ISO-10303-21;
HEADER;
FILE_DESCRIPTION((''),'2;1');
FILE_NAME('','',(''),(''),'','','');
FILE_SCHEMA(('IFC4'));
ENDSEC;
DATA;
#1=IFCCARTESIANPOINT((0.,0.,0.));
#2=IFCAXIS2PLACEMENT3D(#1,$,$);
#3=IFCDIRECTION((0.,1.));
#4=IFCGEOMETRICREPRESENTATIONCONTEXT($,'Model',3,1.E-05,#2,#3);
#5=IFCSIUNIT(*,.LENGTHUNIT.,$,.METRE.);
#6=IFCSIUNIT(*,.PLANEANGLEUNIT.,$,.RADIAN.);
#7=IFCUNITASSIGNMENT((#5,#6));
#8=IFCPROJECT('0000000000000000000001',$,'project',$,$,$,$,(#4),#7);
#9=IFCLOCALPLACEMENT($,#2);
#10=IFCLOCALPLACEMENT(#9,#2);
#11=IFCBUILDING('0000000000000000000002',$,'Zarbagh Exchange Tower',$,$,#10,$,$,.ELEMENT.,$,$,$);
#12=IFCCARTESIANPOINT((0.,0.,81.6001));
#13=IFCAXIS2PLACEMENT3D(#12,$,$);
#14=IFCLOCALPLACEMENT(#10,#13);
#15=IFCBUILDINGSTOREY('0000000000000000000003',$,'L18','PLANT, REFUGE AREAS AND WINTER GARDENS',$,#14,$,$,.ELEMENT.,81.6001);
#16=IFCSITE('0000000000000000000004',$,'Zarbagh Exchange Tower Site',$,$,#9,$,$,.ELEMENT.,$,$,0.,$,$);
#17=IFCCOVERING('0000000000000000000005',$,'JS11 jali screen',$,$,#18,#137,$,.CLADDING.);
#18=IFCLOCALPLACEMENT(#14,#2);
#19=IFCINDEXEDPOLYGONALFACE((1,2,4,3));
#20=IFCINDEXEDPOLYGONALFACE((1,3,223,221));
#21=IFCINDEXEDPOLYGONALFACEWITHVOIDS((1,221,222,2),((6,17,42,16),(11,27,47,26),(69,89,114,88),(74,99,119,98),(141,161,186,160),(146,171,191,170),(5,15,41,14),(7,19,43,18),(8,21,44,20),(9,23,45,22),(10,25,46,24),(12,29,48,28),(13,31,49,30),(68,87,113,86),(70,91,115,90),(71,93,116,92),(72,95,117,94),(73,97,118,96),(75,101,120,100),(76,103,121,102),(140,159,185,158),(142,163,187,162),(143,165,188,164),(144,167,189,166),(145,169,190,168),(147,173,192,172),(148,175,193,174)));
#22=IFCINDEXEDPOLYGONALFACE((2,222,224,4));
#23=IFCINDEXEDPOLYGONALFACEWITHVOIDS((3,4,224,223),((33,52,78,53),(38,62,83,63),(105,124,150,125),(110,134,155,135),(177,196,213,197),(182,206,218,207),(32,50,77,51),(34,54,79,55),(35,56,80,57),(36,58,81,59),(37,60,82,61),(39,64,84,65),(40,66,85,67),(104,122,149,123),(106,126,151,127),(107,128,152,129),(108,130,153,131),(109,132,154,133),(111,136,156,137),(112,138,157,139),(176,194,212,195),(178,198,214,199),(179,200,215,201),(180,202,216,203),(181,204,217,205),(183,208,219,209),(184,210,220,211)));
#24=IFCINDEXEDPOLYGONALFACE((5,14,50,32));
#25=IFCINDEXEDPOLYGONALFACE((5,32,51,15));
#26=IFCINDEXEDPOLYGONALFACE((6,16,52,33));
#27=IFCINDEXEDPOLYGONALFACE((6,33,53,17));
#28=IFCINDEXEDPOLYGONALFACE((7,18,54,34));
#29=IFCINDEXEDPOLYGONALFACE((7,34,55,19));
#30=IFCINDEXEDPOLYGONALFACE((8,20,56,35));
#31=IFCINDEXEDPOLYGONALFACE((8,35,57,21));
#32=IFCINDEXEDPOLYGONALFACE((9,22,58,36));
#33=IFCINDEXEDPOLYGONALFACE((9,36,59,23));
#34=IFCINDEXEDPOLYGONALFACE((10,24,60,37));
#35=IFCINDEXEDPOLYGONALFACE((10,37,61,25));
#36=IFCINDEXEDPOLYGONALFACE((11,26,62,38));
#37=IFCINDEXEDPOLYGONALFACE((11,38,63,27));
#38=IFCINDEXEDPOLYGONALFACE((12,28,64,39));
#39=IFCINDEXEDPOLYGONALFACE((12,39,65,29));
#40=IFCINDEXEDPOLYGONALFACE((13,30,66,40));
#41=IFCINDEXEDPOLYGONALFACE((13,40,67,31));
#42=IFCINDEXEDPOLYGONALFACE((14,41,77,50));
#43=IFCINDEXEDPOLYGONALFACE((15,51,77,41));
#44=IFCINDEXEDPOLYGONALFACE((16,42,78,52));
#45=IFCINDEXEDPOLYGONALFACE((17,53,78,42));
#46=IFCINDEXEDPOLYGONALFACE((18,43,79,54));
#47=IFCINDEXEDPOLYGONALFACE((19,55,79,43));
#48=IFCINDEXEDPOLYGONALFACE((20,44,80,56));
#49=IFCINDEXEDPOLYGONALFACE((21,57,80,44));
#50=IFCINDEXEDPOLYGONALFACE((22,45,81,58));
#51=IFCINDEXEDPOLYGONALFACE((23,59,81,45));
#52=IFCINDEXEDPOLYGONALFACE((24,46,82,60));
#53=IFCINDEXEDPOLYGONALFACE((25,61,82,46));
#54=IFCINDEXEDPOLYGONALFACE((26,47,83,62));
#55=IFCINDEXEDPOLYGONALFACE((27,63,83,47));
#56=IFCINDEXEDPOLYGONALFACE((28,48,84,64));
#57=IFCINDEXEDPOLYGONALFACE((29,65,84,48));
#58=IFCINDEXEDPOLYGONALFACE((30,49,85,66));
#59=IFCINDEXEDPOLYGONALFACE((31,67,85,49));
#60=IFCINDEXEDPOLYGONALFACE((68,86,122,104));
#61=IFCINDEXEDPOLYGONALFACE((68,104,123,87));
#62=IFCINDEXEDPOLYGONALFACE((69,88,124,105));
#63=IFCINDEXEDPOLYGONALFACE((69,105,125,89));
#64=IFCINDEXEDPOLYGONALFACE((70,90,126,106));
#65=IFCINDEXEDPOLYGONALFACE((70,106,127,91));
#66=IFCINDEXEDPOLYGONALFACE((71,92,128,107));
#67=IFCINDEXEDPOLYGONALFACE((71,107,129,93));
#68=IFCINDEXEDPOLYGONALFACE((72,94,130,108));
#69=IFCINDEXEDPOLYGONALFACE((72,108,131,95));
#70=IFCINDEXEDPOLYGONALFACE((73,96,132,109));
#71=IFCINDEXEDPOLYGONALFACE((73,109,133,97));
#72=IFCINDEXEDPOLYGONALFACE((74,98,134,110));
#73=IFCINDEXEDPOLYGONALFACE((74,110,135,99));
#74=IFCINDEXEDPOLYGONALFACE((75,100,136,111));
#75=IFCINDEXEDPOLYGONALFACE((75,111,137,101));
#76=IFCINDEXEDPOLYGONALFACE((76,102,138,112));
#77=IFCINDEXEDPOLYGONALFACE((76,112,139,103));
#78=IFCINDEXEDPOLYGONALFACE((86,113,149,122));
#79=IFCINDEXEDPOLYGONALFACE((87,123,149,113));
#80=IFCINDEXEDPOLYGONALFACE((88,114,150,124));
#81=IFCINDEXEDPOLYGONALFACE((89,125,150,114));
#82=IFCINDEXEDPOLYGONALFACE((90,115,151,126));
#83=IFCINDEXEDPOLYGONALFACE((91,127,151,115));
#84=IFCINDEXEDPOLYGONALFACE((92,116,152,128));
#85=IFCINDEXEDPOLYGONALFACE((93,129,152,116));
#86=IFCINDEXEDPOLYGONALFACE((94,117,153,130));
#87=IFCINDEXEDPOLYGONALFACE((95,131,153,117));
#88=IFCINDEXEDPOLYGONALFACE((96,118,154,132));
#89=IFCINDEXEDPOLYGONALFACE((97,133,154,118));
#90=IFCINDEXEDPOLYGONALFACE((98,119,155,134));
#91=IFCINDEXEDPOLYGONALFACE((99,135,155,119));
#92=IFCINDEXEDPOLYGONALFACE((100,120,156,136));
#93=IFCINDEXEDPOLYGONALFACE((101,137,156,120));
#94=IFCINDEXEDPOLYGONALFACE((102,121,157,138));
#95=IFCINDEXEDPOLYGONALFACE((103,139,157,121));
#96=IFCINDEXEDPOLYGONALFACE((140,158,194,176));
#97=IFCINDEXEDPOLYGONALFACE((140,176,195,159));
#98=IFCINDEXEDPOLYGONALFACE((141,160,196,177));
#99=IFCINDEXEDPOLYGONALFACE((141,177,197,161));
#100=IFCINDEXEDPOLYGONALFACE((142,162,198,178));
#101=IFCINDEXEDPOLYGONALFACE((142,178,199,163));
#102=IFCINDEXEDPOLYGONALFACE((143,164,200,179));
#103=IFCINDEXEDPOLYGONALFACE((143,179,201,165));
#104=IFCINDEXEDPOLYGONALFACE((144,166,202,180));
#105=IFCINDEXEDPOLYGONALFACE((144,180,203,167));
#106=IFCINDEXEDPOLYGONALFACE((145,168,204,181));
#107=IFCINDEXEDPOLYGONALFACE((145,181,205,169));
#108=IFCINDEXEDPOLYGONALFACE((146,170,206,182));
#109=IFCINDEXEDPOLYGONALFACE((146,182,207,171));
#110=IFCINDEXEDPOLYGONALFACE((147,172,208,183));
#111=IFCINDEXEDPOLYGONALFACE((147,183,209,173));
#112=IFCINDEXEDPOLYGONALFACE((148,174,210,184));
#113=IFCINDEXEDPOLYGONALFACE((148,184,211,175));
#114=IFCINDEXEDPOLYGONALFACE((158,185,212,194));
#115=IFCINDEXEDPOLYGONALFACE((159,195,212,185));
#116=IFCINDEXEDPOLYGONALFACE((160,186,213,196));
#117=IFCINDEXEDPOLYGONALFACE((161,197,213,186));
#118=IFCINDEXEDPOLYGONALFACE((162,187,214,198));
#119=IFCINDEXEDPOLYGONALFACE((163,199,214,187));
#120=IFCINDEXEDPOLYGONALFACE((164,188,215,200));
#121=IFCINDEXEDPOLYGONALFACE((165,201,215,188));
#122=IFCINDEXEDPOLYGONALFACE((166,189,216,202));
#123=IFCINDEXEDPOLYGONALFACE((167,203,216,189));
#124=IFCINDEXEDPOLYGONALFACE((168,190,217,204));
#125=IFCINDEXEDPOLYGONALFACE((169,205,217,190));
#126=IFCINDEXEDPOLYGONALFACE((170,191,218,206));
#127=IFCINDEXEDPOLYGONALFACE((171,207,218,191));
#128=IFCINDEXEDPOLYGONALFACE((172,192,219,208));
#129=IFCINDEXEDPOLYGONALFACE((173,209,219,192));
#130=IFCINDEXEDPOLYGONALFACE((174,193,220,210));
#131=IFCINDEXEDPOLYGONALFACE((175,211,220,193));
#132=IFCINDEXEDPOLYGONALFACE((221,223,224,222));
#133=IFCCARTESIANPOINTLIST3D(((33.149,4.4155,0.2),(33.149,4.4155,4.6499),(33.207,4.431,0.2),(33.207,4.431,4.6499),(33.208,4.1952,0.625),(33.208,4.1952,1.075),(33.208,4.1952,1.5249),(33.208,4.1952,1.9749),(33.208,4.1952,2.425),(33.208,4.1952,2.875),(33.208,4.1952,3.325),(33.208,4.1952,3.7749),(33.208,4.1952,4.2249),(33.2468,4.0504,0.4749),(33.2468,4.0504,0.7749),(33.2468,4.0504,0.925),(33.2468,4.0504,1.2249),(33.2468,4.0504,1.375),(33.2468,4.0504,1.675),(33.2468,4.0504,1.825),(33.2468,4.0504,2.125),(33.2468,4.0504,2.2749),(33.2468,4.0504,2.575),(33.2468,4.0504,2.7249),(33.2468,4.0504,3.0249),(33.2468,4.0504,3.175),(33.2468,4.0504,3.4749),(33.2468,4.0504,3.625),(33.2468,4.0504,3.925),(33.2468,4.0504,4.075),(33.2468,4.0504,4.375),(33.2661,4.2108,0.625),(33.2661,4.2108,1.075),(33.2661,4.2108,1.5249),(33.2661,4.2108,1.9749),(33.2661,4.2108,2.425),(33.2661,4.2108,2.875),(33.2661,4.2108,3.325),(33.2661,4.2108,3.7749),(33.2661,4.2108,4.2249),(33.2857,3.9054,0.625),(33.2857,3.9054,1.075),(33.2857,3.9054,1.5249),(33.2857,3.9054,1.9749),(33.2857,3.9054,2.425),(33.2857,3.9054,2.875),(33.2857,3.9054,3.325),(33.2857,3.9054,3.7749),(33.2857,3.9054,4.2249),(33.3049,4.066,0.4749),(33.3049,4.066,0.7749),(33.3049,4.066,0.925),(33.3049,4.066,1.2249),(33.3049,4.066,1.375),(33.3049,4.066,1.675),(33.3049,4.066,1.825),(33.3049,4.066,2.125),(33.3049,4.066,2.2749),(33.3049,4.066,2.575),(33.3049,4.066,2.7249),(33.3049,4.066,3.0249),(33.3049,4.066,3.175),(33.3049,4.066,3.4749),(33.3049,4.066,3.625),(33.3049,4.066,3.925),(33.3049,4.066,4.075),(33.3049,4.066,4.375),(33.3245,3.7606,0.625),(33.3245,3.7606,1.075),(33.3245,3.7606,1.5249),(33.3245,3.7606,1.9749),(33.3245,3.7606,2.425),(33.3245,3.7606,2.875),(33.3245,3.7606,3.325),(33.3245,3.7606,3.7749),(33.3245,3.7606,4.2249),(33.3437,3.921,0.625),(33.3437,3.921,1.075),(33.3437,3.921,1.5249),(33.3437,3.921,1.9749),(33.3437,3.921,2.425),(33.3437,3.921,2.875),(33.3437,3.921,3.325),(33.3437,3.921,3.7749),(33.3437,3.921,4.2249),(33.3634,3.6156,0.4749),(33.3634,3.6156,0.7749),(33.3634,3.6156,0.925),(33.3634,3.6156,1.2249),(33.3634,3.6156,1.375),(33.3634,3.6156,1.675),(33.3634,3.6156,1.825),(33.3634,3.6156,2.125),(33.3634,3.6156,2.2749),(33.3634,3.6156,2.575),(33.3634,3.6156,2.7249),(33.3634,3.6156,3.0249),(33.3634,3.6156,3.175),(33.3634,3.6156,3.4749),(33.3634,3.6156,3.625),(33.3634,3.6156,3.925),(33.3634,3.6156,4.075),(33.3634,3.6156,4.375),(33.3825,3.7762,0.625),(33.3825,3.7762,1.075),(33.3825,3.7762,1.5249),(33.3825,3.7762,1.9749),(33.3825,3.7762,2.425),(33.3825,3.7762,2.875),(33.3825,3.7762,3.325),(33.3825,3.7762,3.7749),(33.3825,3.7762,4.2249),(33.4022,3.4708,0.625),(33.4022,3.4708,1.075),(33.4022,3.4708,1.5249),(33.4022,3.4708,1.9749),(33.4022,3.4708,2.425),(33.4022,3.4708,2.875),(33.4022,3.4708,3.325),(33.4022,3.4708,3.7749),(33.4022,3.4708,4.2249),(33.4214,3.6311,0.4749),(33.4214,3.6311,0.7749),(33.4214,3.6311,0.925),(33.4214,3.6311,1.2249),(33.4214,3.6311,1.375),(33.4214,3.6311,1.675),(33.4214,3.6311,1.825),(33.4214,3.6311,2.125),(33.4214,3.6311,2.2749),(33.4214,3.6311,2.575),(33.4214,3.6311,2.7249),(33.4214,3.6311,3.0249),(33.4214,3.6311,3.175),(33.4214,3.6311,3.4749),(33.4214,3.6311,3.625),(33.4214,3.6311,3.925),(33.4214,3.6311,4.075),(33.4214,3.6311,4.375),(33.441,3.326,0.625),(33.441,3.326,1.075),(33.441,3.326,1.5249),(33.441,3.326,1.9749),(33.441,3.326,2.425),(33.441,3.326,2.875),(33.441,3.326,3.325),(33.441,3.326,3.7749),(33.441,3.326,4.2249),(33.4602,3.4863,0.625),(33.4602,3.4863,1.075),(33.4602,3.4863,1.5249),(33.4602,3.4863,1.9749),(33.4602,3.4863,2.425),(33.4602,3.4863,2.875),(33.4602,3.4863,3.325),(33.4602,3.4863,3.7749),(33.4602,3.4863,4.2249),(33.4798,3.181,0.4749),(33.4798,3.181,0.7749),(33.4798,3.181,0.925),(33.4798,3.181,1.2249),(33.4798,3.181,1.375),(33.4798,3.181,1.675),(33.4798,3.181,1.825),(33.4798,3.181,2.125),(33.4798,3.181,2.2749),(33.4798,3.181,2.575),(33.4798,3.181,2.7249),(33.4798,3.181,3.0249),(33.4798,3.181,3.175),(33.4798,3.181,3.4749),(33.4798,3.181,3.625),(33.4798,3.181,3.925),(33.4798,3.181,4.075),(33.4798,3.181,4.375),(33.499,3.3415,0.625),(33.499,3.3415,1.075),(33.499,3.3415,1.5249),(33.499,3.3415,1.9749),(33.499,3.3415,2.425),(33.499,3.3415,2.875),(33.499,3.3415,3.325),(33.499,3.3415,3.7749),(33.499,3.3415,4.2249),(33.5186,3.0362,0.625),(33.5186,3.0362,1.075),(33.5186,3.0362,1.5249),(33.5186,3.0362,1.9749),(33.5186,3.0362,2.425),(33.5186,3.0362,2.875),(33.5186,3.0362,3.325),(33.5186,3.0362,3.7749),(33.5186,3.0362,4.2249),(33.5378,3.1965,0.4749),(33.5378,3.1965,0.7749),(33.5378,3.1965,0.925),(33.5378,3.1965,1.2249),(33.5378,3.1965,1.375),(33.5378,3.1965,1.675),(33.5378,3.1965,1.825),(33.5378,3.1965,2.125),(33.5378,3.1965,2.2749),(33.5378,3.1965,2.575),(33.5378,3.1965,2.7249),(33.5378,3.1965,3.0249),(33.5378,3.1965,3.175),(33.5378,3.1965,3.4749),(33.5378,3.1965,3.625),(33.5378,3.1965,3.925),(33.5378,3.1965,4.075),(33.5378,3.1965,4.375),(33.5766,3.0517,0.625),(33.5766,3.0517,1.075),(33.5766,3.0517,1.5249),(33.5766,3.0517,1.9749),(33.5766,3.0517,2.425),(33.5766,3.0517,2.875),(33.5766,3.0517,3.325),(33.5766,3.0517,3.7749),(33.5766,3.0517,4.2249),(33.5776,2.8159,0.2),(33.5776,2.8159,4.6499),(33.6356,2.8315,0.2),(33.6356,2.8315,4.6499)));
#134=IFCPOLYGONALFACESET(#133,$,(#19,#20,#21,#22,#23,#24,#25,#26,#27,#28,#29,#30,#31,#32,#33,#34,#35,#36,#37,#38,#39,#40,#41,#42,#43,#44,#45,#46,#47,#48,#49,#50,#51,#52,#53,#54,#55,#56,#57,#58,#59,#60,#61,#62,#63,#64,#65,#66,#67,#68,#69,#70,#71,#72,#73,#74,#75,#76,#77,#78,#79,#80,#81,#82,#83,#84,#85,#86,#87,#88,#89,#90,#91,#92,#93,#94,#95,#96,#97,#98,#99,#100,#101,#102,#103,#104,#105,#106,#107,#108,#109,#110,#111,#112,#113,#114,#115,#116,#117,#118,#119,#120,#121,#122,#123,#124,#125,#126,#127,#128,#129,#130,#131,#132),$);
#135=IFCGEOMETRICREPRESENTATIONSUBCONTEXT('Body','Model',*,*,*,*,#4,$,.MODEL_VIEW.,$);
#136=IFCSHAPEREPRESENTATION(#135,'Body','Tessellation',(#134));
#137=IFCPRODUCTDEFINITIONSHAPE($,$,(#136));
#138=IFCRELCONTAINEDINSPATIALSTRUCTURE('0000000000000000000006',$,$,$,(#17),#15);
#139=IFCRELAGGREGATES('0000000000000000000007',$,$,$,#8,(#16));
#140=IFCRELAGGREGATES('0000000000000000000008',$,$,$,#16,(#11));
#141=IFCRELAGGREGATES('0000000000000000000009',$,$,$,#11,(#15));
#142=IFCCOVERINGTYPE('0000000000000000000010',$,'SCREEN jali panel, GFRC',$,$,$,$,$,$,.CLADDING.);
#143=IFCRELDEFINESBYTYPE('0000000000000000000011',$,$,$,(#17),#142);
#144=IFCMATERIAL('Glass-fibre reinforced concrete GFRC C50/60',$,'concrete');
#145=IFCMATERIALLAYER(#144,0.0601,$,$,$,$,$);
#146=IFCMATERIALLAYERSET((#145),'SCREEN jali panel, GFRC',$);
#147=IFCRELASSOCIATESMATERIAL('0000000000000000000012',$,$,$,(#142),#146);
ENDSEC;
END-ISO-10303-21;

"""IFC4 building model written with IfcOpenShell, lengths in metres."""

from ifc_helpers import new_model, si_unit, direction, frame, origin, place, context, subcontext, project, spatial, polyline, outline, extrude, source, transform, mapped, material, layer, layer_set, type_object, element, save


model = new_model("IFC4")

# Units and contexts
model_context = context("Model", 3, precision=1e-05, world=origin(), true_north=direction((0.0, 1.0)))
body_context = subcontext(model_context, "Body", "Model", "MODEL_VIEW")
ifc_project = project(units=[si_unit("LENGTHUNIT", "METRE"), si_unit("PLANEANGLEUNIT", "RADIAN")], contexts=[model_context])

# Site, building, storey
site_placement = place(None, origin())
site = spatial("IfcSite", under=ifc_project, at=site_placement, Name="Zarbagh Exchange Tower Site", CompositionType="ELEMENT", RefElevation=0.0)
building_placement = place(site_placement, origin())
building = spatial("IfcBuilding", under=site, at=building_placement, Name="Zarbagh Exchange Tower", CompositionType="ELEMENT")
storey_placement = place(building_placement, frame((0.0, 0.0, 81.6001)))
storey = spatial("IfcBuildingStorey", under=building, at=storey_placement, Name="L18", Description="PLANT, REFUGE AREAS AND WINTER GARDENS", CompositionType="ELEMENT", Elevation=81.6001)

# Covering
ifc_material_1 = material(Name="Glass-fibre reinforced concrete GFRC C50/60", Category="concrete")
ifc_layer_1 = layer(ifc_material_1, 0.0601)
ifc_layer_set_1 = layer_set([ifc_layer_1], Name="SCREEN jali panel, GFRC")
covering_type = type_object("IfcCoveringType", Name="SCREEN jali panel, GFRC", PredefinedType="CLADDING", material=ifc_layer_set_1)
shared_shape_1 = source(origin(), body_context, "Body", "SweptSolid", [
    extrude(outline(polyline([(0.0, 0.0), (1.656, 0.0), (1.656, 4.45), (0.0, 4.45), (0.0, 0.0)]), holes=[polyline([(0.228, 0.425), (0.3779, 0.2749), (0.5281, 0.425), (0.3779, 0.575), (0.228, 0.425)]), polyline([(0.228, 0.875), (0.3779, 0.7251), (0.5281, 0.875), (0.3779, 1.0249), (0.228, 0.875)]), polyline([(0.228, 1.325), (0.3779, 1.175), (0.5281, 1.325), (0.3779, 1.4751), (0.228, 1.325)]), polyline([(0.228, 1.7749), (0.3779, 1.625), (0.5281, 1.7749), (0.3779, 1.925), (0.228, 1.7749)]), polyline([(0.228, 2.2251), (0.3779, 2.075), (0.5281, 2.2251), (0.3779, 2.375), (0.228, 2.2251)]), polyline([(0.228, 2.675), (0.3779, 2.5249), (0.5281, 2.675), (0.3779, 2.825), (0.228, 2.675)]), polyline([(0.228, 3.125), (0.3779, 2.9751), (0.5281, 3.125), (0.3779, 3.2749), (0.228, 3.125)]), polyline([(0.228, 3.575), (0.3779, 3.425), (0.5281, 3.575), (0.3779, 3.7251), (0.228, 3.575)]), polyline([(0.228, 4.0249), (0.3779, 3.875), (0.5281, 4.0249), (0.3779, 4.175), (0.228, 4.0249)]), polyline([(0.678, 0.425), (0.8279, 0.2749), (0.978, 0.425), (0.8279, 0.575), (0.678, 0.425)]), polyline([(0.678, 0.875), (0.8279, 0.7251), (0.978, 0.875), (0.8279, 1.0249), (0.678, 0.875)]), polyline([(0.678, 1.325), (0.8279, 1.175), (0.978, 1.325), (0.8279, 1.4751), (0.678, 1.325)]), polyline([(0.678, 1.7749), (0.8279, 1.625), (0.978, 1.7749), (0.8279, 1.925), (0.678, 1.7749)]), polyline([(0.678, 2.2251), (0.8279, 2.075), (0.978, 2.2251), (0.8279, 2.375), (0.678, 2.2251)]), polyline([(0.678, 2.675), (0.8279, 2.5249), (0.978, 2.675), (0.8279, 2.825), (0.678, 2.675)]), polyline([(0.678, 3.125), (0.8279, 2.9751), (0.978, 3.125), (0.8279, 3.2749), (0.678, 3.125)]), polyline([(0.678, 3.575), (0.8279, 3.425), (0.978, 3.575), (0.8279, 3.7251), (0.678, 3.575)]), polyline([(0.678, 4.0249), (0.8279, 3.875), (0.978, 4.0249), (0.8279, 4.175), (0.678, 4.0249)]), polyline([(1.1279, 0.425), (1.2781, 0.2749), (1.428, 0.425), (1.2781, 0.575), (1.1279, 0.425)]), polyline([(1.1279, 0.875), (1.2781, 0.7251), (1.428, 0.875), (1.2781, 1.0249), (1.1279, 0.875)]), polyline([(1.1279, 1.325), (1.2781, 1.175), (1.428, 1.325), (1.2781, 1.4751), (1.1279, 1.325)]), polyline([(1.1279, 1.7749), (1.2781, 1.625), (1.428, 1.7749), (1.2781, 1.925), (1.1279, 1.7749)]), polyline([(1.1279, 2.2251), (1.2781, 2.075), (1.428, 2.2251), (1.2781, 2.375), (1.1279, 2.2251)]), polyline([(1.1279, 2.675), (1.2781, 2.5249), (1.428, 2.675), (1.2781, 2.825), (1.1279, 2.675)]), polyline([(1.1279, 3.125), (1.2781, 2.9751), (1.428, 3.125), (1.2781, 3.2749), (1.1279, 3.125)]), polyline([(1.1279, 3.575), (1.2781, 3.425), (1.428, 3.575), (1.2781, 3.7251), (1.1279, 3.575)]), polyline([(1.1279, 4.0249), (1.2781, 3.875), (1.428, 4.0249), (1.2781, 4.175), (1.1279, 4.0249)])]), origin(), (0.0, 0.0, 1.0), 0.0601),
])
placement = place(storey_placement, origin())
element("IfcCovering", 1, at=placement, inside=storey, type_object=covering_type, Name="JS11 jali screen", PredefinedType="CLADDING", context=body_context, shape_type="MappedRepresentation", body=[
    mapped(shared_shape_1, transform((33.5776, 2.8159, 0.2), x_axis=(-0.258825, 0.965924, 0.0), y_axis=(0.0, 0.0, 1.0), z_axis=(0.965924, 0.258825, 0.0))),
])

save(model, "model.ifc")
